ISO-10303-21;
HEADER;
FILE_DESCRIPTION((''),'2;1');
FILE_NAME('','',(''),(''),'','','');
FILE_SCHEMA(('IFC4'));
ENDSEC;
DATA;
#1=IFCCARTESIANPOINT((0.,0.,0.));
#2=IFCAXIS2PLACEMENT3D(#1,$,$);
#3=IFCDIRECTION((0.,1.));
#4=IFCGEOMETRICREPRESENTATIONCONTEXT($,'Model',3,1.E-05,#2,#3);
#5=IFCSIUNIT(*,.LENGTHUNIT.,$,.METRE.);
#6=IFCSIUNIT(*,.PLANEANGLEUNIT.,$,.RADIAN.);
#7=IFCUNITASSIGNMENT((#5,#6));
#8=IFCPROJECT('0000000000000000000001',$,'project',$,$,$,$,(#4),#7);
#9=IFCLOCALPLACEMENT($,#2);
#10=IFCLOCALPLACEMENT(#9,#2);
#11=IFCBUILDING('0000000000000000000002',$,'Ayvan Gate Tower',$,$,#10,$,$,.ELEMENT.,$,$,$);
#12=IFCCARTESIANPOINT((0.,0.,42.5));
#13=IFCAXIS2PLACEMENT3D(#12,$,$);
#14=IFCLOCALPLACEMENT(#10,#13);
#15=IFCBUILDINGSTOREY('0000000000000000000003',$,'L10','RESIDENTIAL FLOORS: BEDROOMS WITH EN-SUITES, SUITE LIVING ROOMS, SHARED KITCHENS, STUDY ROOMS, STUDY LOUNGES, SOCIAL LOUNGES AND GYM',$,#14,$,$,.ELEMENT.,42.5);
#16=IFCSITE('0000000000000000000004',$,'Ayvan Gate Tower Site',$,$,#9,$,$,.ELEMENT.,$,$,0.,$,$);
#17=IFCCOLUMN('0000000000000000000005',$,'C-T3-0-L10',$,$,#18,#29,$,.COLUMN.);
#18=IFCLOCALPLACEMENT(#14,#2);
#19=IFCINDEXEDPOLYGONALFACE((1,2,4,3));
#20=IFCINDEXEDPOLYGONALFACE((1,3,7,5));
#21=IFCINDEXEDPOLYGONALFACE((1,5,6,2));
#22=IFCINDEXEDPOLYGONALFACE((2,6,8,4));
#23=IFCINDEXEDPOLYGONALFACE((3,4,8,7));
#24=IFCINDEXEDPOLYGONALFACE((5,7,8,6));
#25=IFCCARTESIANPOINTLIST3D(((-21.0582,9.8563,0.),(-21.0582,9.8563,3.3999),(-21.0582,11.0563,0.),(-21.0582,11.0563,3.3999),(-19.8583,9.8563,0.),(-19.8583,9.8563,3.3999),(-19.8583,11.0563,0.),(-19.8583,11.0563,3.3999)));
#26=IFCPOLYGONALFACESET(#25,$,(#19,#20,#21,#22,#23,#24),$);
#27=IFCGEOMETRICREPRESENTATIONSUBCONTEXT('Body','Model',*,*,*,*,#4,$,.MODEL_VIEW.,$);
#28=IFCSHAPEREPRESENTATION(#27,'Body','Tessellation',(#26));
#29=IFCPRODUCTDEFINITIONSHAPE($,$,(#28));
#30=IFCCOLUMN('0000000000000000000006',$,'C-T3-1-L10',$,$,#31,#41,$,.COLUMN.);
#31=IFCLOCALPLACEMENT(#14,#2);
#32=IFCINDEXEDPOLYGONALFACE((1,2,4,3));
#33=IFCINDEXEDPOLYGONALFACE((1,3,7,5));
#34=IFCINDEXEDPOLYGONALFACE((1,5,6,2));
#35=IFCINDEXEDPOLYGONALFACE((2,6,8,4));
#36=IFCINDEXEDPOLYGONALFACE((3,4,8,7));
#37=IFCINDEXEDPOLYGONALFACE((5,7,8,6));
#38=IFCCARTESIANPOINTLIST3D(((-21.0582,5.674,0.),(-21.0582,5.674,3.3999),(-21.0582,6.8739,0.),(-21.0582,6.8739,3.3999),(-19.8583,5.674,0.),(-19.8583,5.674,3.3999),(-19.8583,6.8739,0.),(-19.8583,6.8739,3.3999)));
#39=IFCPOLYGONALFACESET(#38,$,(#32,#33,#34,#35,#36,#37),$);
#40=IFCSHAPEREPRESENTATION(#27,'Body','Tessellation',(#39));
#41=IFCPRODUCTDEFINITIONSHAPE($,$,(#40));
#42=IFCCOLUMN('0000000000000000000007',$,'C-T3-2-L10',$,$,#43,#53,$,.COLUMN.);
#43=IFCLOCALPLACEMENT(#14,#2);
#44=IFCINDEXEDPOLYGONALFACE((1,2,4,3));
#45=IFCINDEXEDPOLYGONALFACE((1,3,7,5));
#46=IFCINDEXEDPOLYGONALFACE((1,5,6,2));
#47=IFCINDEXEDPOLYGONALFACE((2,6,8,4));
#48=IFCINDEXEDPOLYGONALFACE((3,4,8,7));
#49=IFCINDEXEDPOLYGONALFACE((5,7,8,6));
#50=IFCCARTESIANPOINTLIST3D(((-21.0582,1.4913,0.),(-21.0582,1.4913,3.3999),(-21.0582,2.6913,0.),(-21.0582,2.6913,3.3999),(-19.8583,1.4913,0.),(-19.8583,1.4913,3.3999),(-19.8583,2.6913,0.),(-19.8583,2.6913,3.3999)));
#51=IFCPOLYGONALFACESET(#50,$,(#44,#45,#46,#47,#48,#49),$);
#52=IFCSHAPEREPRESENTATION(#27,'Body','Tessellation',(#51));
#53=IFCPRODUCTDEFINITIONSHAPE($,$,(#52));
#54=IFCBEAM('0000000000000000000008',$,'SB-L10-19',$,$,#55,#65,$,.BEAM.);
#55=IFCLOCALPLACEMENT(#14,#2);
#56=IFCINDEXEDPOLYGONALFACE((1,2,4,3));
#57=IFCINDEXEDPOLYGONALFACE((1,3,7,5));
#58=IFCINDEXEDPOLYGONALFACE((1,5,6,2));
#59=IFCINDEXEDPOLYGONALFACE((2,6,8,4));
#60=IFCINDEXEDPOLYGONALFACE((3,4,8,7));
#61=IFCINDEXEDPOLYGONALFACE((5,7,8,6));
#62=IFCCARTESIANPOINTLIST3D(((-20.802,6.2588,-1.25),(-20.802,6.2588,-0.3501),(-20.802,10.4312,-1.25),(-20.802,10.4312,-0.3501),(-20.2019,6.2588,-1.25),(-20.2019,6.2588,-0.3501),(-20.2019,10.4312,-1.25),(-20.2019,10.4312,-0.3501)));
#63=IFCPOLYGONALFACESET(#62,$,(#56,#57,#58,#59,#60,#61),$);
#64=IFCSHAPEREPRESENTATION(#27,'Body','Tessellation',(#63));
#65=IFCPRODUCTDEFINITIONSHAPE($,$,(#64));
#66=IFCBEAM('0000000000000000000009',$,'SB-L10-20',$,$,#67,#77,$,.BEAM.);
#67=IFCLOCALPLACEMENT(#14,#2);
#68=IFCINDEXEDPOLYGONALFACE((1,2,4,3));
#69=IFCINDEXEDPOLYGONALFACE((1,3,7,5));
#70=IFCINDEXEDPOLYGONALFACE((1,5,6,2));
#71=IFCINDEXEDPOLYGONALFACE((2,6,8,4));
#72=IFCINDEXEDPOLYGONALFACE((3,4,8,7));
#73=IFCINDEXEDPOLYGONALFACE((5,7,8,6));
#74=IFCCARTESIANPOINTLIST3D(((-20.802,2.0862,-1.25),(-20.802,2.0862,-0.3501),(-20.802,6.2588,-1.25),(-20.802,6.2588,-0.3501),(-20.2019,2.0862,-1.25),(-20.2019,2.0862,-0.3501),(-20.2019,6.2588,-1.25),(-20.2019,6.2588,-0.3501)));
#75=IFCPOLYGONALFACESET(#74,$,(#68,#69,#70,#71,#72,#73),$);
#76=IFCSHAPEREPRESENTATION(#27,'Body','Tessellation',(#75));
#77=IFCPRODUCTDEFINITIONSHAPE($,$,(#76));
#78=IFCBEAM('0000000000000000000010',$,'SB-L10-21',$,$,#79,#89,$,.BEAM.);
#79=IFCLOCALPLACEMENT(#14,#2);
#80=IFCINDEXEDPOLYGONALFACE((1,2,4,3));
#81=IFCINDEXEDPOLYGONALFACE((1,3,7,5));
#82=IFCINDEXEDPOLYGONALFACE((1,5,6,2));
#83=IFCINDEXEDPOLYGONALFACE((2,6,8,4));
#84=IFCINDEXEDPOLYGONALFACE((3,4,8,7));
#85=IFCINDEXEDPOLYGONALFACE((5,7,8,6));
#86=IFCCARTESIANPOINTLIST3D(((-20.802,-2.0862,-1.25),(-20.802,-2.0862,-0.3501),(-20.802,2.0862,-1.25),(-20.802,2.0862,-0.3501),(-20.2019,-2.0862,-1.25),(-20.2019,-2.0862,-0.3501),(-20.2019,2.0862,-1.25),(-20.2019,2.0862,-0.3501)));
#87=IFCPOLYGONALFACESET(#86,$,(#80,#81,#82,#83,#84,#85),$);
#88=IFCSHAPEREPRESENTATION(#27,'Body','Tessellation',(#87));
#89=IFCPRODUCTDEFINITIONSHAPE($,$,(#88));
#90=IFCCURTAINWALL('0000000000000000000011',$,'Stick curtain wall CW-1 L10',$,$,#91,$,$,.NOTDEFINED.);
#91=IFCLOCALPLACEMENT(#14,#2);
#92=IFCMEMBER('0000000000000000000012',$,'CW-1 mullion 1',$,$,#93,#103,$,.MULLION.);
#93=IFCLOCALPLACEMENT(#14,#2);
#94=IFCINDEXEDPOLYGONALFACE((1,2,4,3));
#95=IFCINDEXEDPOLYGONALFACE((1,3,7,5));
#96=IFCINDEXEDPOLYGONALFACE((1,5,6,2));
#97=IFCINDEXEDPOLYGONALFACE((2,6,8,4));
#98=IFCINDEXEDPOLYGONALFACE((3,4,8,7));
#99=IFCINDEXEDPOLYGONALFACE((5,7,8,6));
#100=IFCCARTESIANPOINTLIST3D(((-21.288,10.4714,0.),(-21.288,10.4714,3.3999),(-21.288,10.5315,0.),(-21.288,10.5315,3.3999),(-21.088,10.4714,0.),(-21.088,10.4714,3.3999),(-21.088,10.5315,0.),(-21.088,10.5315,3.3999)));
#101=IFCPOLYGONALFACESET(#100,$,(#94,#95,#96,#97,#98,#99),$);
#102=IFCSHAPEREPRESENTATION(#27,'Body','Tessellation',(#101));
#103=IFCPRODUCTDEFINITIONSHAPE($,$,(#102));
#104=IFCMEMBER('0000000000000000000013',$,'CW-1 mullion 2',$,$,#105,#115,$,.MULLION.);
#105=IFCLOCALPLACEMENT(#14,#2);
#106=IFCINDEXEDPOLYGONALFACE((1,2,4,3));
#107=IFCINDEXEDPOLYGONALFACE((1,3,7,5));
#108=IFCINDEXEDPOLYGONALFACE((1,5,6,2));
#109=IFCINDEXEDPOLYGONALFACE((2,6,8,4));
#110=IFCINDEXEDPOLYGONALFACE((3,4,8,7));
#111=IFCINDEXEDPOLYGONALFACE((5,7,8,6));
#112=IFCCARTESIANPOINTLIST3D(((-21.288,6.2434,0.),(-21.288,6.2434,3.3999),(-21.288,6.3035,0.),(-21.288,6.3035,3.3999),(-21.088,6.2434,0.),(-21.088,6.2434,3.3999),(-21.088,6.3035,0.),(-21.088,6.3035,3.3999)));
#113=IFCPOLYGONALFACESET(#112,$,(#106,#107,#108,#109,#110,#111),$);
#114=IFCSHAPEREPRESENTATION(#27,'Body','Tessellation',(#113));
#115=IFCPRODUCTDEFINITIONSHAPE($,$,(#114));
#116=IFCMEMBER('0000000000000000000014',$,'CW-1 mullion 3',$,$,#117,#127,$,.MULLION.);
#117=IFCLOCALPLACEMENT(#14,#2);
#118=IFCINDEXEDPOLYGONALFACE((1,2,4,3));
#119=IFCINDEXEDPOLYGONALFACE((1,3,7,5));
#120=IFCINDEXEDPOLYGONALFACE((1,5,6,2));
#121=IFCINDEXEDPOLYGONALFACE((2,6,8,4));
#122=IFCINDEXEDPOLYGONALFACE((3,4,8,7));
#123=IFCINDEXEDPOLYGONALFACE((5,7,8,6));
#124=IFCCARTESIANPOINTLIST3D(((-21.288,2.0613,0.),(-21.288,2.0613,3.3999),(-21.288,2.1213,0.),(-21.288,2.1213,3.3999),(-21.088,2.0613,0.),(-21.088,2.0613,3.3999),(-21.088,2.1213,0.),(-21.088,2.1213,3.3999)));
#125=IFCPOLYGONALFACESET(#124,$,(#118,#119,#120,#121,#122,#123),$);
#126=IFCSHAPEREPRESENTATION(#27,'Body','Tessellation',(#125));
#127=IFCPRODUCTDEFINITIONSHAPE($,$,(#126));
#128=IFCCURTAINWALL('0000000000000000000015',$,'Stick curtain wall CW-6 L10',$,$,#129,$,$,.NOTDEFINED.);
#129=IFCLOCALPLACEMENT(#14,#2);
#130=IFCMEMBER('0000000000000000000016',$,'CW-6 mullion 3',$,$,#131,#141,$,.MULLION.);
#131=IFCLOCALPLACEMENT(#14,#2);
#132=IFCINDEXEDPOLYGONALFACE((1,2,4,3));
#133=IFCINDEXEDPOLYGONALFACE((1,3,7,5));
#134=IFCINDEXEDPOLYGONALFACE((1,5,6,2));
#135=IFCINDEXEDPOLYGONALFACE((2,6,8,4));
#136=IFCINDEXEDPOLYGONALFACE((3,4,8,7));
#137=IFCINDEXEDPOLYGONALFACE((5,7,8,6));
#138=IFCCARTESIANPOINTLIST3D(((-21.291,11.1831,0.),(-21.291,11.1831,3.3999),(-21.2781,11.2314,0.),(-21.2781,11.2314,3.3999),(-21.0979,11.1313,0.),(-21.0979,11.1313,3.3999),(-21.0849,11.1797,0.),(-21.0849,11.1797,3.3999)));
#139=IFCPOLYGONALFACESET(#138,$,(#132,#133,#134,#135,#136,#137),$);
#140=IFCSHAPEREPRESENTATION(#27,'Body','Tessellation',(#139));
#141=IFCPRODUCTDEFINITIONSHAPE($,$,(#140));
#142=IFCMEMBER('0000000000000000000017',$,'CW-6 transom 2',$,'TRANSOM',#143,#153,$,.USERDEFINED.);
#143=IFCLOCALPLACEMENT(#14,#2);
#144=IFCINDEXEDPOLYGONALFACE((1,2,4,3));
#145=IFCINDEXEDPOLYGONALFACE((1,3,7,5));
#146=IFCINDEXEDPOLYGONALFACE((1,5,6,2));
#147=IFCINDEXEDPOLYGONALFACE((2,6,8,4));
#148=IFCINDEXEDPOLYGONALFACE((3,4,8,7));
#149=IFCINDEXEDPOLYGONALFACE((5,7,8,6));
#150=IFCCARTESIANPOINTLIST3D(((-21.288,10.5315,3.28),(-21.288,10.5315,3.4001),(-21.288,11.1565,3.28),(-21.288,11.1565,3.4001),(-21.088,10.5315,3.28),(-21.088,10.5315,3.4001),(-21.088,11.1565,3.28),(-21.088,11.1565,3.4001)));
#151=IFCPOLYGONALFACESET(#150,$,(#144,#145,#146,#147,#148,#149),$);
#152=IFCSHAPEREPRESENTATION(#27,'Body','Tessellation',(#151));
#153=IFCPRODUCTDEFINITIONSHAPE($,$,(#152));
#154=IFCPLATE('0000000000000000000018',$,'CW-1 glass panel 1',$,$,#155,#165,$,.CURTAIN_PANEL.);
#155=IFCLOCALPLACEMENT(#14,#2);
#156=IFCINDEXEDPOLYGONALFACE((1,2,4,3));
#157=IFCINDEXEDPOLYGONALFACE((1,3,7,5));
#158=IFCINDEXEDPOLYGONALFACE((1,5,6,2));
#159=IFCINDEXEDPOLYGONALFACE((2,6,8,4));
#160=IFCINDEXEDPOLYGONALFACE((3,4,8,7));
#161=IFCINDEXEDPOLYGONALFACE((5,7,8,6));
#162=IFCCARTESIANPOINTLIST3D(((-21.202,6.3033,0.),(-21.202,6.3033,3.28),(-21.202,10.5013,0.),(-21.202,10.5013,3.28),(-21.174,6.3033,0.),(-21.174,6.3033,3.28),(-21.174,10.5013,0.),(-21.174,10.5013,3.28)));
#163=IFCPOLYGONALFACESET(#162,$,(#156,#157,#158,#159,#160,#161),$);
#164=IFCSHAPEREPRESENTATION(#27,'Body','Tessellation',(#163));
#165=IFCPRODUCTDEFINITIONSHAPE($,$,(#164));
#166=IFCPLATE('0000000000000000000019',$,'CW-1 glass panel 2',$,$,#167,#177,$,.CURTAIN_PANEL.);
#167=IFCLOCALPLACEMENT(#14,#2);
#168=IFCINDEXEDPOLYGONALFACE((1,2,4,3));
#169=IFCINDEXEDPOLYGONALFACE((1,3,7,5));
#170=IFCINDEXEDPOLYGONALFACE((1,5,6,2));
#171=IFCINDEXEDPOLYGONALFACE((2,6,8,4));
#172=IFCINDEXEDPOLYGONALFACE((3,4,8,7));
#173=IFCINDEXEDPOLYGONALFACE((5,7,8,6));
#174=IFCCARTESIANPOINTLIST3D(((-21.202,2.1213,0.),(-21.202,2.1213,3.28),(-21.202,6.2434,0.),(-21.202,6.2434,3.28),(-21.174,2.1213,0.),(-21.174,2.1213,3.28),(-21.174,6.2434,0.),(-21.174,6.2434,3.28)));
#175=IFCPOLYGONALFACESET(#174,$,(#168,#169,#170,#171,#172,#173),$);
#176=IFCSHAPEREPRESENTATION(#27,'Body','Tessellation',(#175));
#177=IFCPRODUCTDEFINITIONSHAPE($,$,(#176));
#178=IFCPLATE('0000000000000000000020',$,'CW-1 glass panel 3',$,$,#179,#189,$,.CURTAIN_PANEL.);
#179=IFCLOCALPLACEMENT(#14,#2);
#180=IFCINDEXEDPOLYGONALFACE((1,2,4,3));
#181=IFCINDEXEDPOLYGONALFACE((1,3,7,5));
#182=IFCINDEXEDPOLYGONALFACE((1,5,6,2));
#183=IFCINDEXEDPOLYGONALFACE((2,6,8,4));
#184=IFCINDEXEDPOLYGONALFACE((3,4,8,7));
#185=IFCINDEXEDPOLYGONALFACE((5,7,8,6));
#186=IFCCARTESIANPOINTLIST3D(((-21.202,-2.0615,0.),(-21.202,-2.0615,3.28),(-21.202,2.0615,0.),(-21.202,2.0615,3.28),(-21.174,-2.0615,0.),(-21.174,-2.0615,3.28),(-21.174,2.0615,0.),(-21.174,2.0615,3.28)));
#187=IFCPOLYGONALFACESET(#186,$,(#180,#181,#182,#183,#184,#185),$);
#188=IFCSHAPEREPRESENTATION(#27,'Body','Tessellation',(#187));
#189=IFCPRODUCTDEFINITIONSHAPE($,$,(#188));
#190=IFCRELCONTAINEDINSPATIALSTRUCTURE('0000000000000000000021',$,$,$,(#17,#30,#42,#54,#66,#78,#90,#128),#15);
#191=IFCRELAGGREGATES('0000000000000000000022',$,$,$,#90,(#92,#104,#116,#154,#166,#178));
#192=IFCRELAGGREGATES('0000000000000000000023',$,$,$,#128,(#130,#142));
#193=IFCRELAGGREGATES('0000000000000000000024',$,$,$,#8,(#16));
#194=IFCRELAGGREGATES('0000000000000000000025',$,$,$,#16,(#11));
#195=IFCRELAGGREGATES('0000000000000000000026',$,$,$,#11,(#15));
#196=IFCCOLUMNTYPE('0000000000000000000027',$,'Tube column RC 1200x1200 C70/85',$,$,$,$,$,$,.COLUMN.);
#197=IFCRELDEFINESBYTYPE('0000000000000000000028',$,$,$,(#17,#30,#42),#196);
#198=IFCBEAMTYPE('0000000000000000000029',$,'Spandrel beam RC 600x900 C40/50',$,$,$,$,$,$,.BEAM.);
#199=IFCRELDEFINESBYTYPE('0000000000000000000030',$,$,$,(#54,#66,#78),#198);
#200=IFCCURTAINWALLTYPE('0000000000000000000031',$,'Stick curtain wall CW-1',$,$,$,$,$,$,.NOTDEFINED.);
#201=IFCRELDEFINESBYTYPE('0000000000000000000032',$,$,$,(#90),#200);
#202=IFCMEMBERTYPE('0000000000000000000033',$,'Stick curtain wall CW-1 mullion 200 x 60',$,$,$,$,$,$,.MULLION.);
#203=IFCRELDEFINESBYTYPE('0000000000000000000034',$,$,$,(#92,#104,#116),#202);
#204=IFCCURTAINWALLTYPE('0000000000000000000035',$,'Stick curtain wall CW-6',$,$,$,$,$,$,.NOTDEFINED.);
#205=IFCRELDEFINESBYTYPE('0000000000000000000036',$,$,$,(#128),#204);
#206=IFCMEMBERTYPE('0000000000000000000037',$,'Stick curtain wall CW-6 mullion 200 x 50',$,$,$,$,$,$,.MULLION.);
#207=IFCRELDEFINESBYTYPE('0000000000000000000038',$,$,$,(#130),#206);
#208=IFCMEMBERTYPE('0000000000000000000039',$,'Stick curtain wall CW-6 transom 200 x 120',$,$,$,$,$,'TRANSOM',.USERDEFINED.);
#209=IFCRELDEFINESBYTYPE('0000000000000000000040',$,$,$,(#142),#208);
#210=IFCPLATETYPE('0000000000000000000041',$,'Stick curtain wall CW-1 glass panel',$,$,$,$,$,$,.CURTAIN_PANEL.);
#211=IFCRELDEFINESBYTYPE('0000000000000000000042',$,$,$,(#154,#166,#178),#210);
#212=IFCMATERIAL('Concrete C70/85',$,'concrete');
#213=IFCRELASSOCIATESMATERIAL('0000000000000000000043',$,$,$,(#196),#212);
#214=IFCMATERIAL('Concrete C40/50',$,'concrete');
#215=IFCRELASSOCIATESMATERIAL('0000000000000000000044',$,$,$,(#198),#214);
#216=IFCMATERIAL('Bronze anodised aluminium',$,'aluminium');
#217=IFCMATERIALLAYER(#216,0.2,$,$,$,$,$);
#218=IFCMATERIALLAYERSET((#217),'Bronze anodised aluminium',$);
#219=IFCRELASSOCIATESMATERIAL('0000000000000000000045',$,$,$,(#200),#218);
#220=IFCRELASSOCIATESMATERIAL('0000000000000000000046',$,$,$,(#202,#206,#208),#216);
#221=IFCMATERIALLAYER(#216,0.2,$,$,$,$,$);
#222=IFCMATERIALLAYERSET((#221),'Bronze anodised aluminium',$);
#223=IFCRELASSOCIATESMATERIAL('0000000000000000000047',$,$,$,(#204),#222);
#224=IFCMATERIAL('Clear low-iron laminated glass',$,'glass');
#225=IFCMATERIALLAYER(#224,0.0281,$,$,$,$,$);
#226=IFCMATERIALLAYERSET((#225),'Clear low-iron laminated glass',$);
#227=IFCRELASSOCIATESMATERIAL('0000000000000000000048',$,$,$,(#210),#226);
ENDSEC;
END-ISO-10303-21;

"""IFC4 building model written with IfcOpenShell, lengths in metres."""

from ifc_helpers import new_model, si_unit, direction, frame, origin, origin_2d, place, context, subcontext, project, spatial, rectangle, extrude, material, layer, layer_set, material_profile, profile_set, type_object, element, aggregate, save


model = new_model("IFC4")

# Units and contexts
model_context = context("Model", 3, precision=1e-05, world=origin(), true_north=direction((0.0, 1.0)))
body_context = subcontext(model_context, "Body", "Model", "MODEL_VIEW")
ifc_project = project(units=[si_unit("LENGTHUNIT", "METRE"), si_unit("PLANEANGLEUNIT", "RADIAN")], contexts=[model_context])

# Site, building, storey
site_placement = place(None, origin())
site = spatial("IfcSite", under=ifc_project, at=site_placement, Name="Ayvan Gate Tower Site", CompositionType="ELEMENT", RefElevation=0.0)
building_placement = place(site_placement, origin())
building = spatial("IfcBuilding", under=site, at=building_placement, Name="Ayvan Gate Tower", CompositionType="ELEMENT")
storey_placement = place(building_placement, frame((0.0, 0.0, 42.5)))
storey = spatial("IfcBuildingStorey", under=building, at=storey_placement, Name="L10", Description="RESIDENTIAL FLOORS: BEDROOMS WITH EN-SUITES, SUITE LIVING ROOMS, SHARED KITCHENS, STUDY ROOMS, STUDY LOUNGES, SOCIAL LOUNGES AND GYM", CompositionType="ELEMENT", Elevation=42.5)

# Columns
ifc_material_1 = material(Name="Concrete C70/85", Category="concrete")
ifc_material_profile_1 = material_profile(ifc_material_1, rectangle(XDim=1.2, YDim=1.2, at=origin_2d()), Name="RC 1200x1200")
ifc_profile_set_1 = profile_set([ifc_material_profile_1], Name="Concrete C70/85")
column_type = type_object("IfcColumnType", Name="Tube column RC 1200x1200 C70/85", PredefinedType="COLUMN", material=ifc_profile_set_1)
for number, where, z_axis, x_axis, name in (
    (1, (-20.4583, 10.4563, 0.0), (0.0, 0.0, 1.0), (-1.0, 0.0, 0.0), "C-T3-0-L10"),
    (2, (-20.4583, 6.2739, 0.0), (0.0, 0.0, 1.0), (-1.0, 0.0, 0.0), "C-T3-1-L10"),
    (3, (-20.4583, 2.0913, 0.0), (0.0, 0.0, 1.0), (-1.0, 0.0, 0.0), "C-T3-2-L10"),
):
    element("IfcColumn", number, at=place(storey_placement, frame(where, z_axis=z_axis, x_axis=x_axis)), inside=storey, type_object=column_type, Name=name, PredefinedType="COLUMN", context=body_context, shape_type="SweptSolid", body=[
        extrude(rectangle(XDim=1.2, YDim=1.2, at=origin_2d()), origin(), (0.0, 0.0, 1.0), 3.3999),
    ])

# Beams
ifc_material_2 = material(Name="Concrete C40/50", Category="concrete")
ifc_material_profile_2 = material_profile(ifc_material_2, rectangle(XDim=0.6001, YDim=0.8999, at=origin_2d()), Name="RC 600x900")
ifc_profile_set_2 = profile_set([ifc_material_profile_2], Name="Concrete C40/50")
beam_type = type_object("IfcBeamType", Name="Spandrel beam RC 600x900 C40/50", PredefinedType="BEAM", material=ifc_profile_set_2)
beam_1_placement = place(storey_placement, frame((-20.502, 10.4312, -0.8), z_axis=(0.0, -1.0, 0.0), x_axis=(1.0, 0.0, 0.0)))
element("IfcBeam", 4, at=beam_1_placement, inside=storey, type_object=beam_type, Name="SB-L10-19", PredefinedType="BEAM", context=body_context, shape_type="SweptSolid", body=[
    extrude(rectangle(XDim=0.6001, YDim=0.8999, at=origin_2d()), origin(), (0.0, 0.0, 1.0), 4.1724),
])
beam_2_placement = place(storey_placement, frame((-20.502, 6.2588, -0.8), z_axis=(0.0, -1.0, 0.0), x_axis=(1.0, 0.0, 0.0)))
element("IfcBeam", 5, at=beam_2_placement, inside=storey, type_object=beam_type, Name="SB-L10-20", PredefinedType="BEAM", context=body_context, shape_type="SweptSolid", body=[
    extrude(rectangle(XDim=0.6001, YDim=0.8999, at=origin_2d()), origin(), (0.0, 0.0, 1.0), 4.1726),
])
beam_3_placement = place(storey_placement, frame((-20.502, 2.0862, -0.8), z_axis=(0.0, -1.0, 0.0), x_axis=(1.0, 0.0, 0.0)))
element("IfcBeam", 6, at=beam_3_placement, inside=storey, type_object=beam_type, Name="SB-L10-21", PredefinedType="BEAM", context=body_context, shape_type="SweptSolid", body=[
    extrude(rectangle(XDim=0.6001, YDim=0.8999, at=origin_2d()), origin(), (0.0, 0.0, 1.0), 4.1724),
])

# Curtain walls, members
ifc_material_3 = material(Name="Bronze anodised aluminium", Category="aluminium")
ifc_layer_1 = layer(ifc_material_3, 0.2)
ifc_layer_set_1 = layer_set([ifc_layer_1], Name="Bronze anodised aluminium")
curtain_wall_type_1 = type_object("IfcCurtainWallType", Name="Stick curtain wall CW-1", PredefinedType="NOTDEFINED", material=ifc_layer_set_1)
curtain_wall_1_placement = place(storey_placement, origin())
curtain_wall_1 = element("IfcCurtainWall", 7, at=curtain_wall_1_placement, inside=storey, type_object=curtain_wall_type_1, Name="Stick curtain wall CW-1 L10", PredefinedType="NOTDEFINED")
ifc_material_profile_3 = material_profile(ifc_material_3, rectangle(XDim=0.2, YDim=0.0601, at=origin_2d()), Name="Stick curtain wall CW-1 mullion 200 x 60")
ifc_profile_set_3 = profile_set([ifc_material_profile_3], Name="Bronze anodised aluminium")
member_type_1 = type_object("IfcMemberType", Name="Stick curtain wall CW-1 mullion 200 x 60", PredefinedType="MULLION", material=ifc_profile_set_3)
member_1_placement = place(storey_placement, frame((-21.188, 10.5015, 0.0), z_axis=(0.0, 0.0, 1.0), x_axis=(-1.0, 0.0, 0.0)))
member_1 = element("IfcMember", 8, at=member_1_placement, type_object=member_type_1, Name="CW-1 mullion 1", PredefinedType="MULLION", context=body_context, shape_type="SweptSolid", body=[
    extrude(rectangle(XDim=0.2, YDim=0.0601, at=origin_2d()), origin(), (0.0, 0.0, 1.0), 3.3999),
])
member_2_placement = place(storey_placement, frame((-21.188, 6.2734, 0.0), z_axis=(0.0, 0.0, 1.0), x_axis=(-1.0, 0.0, 0.0)))
member_2 = element("IfcMember", 9, at=member_2_placement, type_object=member_type_1, Name="CW-1 mullion 2", PredefinedType="MULLION", context=body_context, shape_type="SweptSolid", body=[
    extrude(rectangle(XDim=0.2, YDim=0.0601, at=origin_2d()), origin(), (0.0, 0.0, 1.0), 3.3999),
])
member_3_placement = place(storey_placement, frame((-21.188, 2.0913, 0.0), z_axis=(0.0, 0.0, 1.0), x_axis=(-1.0, 0.0, 0.0)))
member_3 = element("IfcMember", 10, at=member_3_placement, type_object=member_type_1, Name="CW-1 mullion 3", PredefinedType="MULLION", context=body_context, shape_type="SweptSolid", body=[
    extrude(rectangle(XDim=0.2, YDim=0.0601, at=origin_2d()), origin(), (0.0, 0.0, 1.0), 3.3999),
])
ifc_layer_2 = layer(ifc_material_3, 0.2)
ifc_layer_set_2 = layer_set([ifc_layer_2], Name="Bronze anodised aluminium")
curtain_wall_type_2 = type_object("IfcCurtainWallType", Name="Stick curtain wall CW-6", PredefinedType="NOTDEFINED", material=ifc_layer_set_2)
curtain_wall_2_placement = place(storey_placement, origin())
curtain_wall_2 = element("IfcCurtainWall", 11, at=curtain_wall_2_placement, inside=storey, type_object=curtain_wall_type_2, Name="Stick curtain wall CW-6 L10", PredefinedType="NOTDEFINED")
ifc_material_profile_4 = material_profile(ifc_material_3, rectangle(XDim=0.2, YDim=0.05, at=origin_2d()), Name="Stick curtain wall CW-6 mullion 200 x 50")
ifc_profile_set_4 = profile_set([ifc_material_profile_4], Name="Bronze anodised aluminium")
member_type_2 = type_object("IfcMemberType", Name="Stick curtain wall CW-6 mullion 200 x 50", PredefinedType="MULLION", material=ifc_profile_set_4)
member_4_placement = place(storey_placement, frame((-21.188, 11.1814, 0.0), z_axis=(0.0, 0.0, 1.0), x_axis=(-0.965926, 0.258819, 0.0)))
member_4 = element("IfcMember", 12, at=member_4_placement, type_object=member_type_2, Name="CW-6 mullion 3", PredefinedType="MULLION", context=body_context, shape_type="SweptSolid", body=[
    extrude(rectangle(XDim=0.2, YDim=0.05, at=origin_2d()), origin(), (0.0, 0.0, 1.0), 3.3999),
])
ifc_material_profile_5 = material_profile(ifc_material_3, rectangle(XDim=0.2, YDim=0.1201, at=origin_2d()), Name="Stick curtain wall CW-6 transom 200 x 120")
ifc_profile_set_5 = profile_set([ifc_material_profile_5], Name="Bronze anodised aluminium")
member_type_3 = type_object("IfcMemberType", Name="Stick curtain wall CW-6 transom 200 x 120", ElementType="TRANSOM", PredefinedType="USERDEFINED", material=ifc_profile_set_5)
member_5_placement = place(storey_placement, frame((-21.188, 11.1565, 3.3401), z_axis=(0.0, -1.0, 0.0), x_axis=(1.0, 0.0, 0.0)))
member_5 = element("IfcMember", 13, at=member_5_placement, type_object=member_type_3, Name="CW-6 transom 2", ObjectType="TRANSOM", PredefinedType="USERDEFINED", context=body_context, shape_type="SweptSolid", body=[
    extrude(rectangle(XDim=0.2, YDim=0.1201, at=origin_2d()), origin(), (0.0, 0.0, 1.0), 0.625),
])

# Plates
ifc_material_4 = material(Name="Clear low-iron laminated glass", Category="glass")
ifc_layer_3 = layer(ifc_material_4, 0.0281)
ifc_layer_set_3 = layer_set([ifc_layer_3], Name="Clear low-iron laminated glass")
plate_type_1 = type_object("IfcPlateType", Name="Stick curtain wall CW-1 glass panel", PredefinedType="CURTAIN_PANEL", material=ifc_layer_set_3)
plate_1_placement = place(storey_placement, frame((-21.188, 8.4023, 0.0), z_axis=(0.0, 0.0, 1.0), x_axis=(0.0, -1.0, 0.0)))
plate_1 = element("IfcPlate", 14, at=plate_1_placement, type_object=plate_type_1, Name="CW-1 glass panel 1", PredefinedType="CURTAIN_PANEL", context=body_context, shape_type="SweptSolid", body=[
    extrude(rectangle(XDim=4.198, YDim=0.0281, at=origin_2d()), origin(), (0.0, 0.0, 1.0), 3.28),
])
plate_2_placement = place(storey_placement, frame((-21.188, 4.1824, 0.0), z_axis=(0.0, 0.0, 1.0), x_axis=(0.0, -1.0, 0.0)))
plate_2 = element("IfcPlate", 15, at=plate_2_placement, type_object=plate_type_1, Name="CW-1 glass panel 2", PredefinedType="CURTAIN_PANEL", context=body_context, shape_type="SweptSolid", body=[
    extrude(rectangle(XDim=4.1221, YDim=0.0281, at=origin_2d()), origin(), (0.0, 0.0, 1.0), 3.28),
])
plate_3_placement = place(storey_placement, frame((-21.188, 0.0, 0.0), z_axis=(0.0, 0.0, 1.0), x_axis=(0.0, -1.0, 0.0)))
plate_3 = element("IfcPlate", 16, at=plate_3_placement, type_object=plate_type_1, Name="CW-1 glass panel 3", PredefinedType="CURTAIN_PANEL", context=body_context, shape_type="SweptSolid", body=[
    extrude(rectangle(XDim=4.123, YDim=0.0281, at=origin_2d()), origin(), (0.0, 0.0, 1.0), 3.28),
])
aggregate(curtain_wall_1, [member_1, member_2, member_3, plate_1, plate_2, plate_3])
aggregate(curtain_wall_2, [member_4, member_5])

save(model, "model.ifc")
